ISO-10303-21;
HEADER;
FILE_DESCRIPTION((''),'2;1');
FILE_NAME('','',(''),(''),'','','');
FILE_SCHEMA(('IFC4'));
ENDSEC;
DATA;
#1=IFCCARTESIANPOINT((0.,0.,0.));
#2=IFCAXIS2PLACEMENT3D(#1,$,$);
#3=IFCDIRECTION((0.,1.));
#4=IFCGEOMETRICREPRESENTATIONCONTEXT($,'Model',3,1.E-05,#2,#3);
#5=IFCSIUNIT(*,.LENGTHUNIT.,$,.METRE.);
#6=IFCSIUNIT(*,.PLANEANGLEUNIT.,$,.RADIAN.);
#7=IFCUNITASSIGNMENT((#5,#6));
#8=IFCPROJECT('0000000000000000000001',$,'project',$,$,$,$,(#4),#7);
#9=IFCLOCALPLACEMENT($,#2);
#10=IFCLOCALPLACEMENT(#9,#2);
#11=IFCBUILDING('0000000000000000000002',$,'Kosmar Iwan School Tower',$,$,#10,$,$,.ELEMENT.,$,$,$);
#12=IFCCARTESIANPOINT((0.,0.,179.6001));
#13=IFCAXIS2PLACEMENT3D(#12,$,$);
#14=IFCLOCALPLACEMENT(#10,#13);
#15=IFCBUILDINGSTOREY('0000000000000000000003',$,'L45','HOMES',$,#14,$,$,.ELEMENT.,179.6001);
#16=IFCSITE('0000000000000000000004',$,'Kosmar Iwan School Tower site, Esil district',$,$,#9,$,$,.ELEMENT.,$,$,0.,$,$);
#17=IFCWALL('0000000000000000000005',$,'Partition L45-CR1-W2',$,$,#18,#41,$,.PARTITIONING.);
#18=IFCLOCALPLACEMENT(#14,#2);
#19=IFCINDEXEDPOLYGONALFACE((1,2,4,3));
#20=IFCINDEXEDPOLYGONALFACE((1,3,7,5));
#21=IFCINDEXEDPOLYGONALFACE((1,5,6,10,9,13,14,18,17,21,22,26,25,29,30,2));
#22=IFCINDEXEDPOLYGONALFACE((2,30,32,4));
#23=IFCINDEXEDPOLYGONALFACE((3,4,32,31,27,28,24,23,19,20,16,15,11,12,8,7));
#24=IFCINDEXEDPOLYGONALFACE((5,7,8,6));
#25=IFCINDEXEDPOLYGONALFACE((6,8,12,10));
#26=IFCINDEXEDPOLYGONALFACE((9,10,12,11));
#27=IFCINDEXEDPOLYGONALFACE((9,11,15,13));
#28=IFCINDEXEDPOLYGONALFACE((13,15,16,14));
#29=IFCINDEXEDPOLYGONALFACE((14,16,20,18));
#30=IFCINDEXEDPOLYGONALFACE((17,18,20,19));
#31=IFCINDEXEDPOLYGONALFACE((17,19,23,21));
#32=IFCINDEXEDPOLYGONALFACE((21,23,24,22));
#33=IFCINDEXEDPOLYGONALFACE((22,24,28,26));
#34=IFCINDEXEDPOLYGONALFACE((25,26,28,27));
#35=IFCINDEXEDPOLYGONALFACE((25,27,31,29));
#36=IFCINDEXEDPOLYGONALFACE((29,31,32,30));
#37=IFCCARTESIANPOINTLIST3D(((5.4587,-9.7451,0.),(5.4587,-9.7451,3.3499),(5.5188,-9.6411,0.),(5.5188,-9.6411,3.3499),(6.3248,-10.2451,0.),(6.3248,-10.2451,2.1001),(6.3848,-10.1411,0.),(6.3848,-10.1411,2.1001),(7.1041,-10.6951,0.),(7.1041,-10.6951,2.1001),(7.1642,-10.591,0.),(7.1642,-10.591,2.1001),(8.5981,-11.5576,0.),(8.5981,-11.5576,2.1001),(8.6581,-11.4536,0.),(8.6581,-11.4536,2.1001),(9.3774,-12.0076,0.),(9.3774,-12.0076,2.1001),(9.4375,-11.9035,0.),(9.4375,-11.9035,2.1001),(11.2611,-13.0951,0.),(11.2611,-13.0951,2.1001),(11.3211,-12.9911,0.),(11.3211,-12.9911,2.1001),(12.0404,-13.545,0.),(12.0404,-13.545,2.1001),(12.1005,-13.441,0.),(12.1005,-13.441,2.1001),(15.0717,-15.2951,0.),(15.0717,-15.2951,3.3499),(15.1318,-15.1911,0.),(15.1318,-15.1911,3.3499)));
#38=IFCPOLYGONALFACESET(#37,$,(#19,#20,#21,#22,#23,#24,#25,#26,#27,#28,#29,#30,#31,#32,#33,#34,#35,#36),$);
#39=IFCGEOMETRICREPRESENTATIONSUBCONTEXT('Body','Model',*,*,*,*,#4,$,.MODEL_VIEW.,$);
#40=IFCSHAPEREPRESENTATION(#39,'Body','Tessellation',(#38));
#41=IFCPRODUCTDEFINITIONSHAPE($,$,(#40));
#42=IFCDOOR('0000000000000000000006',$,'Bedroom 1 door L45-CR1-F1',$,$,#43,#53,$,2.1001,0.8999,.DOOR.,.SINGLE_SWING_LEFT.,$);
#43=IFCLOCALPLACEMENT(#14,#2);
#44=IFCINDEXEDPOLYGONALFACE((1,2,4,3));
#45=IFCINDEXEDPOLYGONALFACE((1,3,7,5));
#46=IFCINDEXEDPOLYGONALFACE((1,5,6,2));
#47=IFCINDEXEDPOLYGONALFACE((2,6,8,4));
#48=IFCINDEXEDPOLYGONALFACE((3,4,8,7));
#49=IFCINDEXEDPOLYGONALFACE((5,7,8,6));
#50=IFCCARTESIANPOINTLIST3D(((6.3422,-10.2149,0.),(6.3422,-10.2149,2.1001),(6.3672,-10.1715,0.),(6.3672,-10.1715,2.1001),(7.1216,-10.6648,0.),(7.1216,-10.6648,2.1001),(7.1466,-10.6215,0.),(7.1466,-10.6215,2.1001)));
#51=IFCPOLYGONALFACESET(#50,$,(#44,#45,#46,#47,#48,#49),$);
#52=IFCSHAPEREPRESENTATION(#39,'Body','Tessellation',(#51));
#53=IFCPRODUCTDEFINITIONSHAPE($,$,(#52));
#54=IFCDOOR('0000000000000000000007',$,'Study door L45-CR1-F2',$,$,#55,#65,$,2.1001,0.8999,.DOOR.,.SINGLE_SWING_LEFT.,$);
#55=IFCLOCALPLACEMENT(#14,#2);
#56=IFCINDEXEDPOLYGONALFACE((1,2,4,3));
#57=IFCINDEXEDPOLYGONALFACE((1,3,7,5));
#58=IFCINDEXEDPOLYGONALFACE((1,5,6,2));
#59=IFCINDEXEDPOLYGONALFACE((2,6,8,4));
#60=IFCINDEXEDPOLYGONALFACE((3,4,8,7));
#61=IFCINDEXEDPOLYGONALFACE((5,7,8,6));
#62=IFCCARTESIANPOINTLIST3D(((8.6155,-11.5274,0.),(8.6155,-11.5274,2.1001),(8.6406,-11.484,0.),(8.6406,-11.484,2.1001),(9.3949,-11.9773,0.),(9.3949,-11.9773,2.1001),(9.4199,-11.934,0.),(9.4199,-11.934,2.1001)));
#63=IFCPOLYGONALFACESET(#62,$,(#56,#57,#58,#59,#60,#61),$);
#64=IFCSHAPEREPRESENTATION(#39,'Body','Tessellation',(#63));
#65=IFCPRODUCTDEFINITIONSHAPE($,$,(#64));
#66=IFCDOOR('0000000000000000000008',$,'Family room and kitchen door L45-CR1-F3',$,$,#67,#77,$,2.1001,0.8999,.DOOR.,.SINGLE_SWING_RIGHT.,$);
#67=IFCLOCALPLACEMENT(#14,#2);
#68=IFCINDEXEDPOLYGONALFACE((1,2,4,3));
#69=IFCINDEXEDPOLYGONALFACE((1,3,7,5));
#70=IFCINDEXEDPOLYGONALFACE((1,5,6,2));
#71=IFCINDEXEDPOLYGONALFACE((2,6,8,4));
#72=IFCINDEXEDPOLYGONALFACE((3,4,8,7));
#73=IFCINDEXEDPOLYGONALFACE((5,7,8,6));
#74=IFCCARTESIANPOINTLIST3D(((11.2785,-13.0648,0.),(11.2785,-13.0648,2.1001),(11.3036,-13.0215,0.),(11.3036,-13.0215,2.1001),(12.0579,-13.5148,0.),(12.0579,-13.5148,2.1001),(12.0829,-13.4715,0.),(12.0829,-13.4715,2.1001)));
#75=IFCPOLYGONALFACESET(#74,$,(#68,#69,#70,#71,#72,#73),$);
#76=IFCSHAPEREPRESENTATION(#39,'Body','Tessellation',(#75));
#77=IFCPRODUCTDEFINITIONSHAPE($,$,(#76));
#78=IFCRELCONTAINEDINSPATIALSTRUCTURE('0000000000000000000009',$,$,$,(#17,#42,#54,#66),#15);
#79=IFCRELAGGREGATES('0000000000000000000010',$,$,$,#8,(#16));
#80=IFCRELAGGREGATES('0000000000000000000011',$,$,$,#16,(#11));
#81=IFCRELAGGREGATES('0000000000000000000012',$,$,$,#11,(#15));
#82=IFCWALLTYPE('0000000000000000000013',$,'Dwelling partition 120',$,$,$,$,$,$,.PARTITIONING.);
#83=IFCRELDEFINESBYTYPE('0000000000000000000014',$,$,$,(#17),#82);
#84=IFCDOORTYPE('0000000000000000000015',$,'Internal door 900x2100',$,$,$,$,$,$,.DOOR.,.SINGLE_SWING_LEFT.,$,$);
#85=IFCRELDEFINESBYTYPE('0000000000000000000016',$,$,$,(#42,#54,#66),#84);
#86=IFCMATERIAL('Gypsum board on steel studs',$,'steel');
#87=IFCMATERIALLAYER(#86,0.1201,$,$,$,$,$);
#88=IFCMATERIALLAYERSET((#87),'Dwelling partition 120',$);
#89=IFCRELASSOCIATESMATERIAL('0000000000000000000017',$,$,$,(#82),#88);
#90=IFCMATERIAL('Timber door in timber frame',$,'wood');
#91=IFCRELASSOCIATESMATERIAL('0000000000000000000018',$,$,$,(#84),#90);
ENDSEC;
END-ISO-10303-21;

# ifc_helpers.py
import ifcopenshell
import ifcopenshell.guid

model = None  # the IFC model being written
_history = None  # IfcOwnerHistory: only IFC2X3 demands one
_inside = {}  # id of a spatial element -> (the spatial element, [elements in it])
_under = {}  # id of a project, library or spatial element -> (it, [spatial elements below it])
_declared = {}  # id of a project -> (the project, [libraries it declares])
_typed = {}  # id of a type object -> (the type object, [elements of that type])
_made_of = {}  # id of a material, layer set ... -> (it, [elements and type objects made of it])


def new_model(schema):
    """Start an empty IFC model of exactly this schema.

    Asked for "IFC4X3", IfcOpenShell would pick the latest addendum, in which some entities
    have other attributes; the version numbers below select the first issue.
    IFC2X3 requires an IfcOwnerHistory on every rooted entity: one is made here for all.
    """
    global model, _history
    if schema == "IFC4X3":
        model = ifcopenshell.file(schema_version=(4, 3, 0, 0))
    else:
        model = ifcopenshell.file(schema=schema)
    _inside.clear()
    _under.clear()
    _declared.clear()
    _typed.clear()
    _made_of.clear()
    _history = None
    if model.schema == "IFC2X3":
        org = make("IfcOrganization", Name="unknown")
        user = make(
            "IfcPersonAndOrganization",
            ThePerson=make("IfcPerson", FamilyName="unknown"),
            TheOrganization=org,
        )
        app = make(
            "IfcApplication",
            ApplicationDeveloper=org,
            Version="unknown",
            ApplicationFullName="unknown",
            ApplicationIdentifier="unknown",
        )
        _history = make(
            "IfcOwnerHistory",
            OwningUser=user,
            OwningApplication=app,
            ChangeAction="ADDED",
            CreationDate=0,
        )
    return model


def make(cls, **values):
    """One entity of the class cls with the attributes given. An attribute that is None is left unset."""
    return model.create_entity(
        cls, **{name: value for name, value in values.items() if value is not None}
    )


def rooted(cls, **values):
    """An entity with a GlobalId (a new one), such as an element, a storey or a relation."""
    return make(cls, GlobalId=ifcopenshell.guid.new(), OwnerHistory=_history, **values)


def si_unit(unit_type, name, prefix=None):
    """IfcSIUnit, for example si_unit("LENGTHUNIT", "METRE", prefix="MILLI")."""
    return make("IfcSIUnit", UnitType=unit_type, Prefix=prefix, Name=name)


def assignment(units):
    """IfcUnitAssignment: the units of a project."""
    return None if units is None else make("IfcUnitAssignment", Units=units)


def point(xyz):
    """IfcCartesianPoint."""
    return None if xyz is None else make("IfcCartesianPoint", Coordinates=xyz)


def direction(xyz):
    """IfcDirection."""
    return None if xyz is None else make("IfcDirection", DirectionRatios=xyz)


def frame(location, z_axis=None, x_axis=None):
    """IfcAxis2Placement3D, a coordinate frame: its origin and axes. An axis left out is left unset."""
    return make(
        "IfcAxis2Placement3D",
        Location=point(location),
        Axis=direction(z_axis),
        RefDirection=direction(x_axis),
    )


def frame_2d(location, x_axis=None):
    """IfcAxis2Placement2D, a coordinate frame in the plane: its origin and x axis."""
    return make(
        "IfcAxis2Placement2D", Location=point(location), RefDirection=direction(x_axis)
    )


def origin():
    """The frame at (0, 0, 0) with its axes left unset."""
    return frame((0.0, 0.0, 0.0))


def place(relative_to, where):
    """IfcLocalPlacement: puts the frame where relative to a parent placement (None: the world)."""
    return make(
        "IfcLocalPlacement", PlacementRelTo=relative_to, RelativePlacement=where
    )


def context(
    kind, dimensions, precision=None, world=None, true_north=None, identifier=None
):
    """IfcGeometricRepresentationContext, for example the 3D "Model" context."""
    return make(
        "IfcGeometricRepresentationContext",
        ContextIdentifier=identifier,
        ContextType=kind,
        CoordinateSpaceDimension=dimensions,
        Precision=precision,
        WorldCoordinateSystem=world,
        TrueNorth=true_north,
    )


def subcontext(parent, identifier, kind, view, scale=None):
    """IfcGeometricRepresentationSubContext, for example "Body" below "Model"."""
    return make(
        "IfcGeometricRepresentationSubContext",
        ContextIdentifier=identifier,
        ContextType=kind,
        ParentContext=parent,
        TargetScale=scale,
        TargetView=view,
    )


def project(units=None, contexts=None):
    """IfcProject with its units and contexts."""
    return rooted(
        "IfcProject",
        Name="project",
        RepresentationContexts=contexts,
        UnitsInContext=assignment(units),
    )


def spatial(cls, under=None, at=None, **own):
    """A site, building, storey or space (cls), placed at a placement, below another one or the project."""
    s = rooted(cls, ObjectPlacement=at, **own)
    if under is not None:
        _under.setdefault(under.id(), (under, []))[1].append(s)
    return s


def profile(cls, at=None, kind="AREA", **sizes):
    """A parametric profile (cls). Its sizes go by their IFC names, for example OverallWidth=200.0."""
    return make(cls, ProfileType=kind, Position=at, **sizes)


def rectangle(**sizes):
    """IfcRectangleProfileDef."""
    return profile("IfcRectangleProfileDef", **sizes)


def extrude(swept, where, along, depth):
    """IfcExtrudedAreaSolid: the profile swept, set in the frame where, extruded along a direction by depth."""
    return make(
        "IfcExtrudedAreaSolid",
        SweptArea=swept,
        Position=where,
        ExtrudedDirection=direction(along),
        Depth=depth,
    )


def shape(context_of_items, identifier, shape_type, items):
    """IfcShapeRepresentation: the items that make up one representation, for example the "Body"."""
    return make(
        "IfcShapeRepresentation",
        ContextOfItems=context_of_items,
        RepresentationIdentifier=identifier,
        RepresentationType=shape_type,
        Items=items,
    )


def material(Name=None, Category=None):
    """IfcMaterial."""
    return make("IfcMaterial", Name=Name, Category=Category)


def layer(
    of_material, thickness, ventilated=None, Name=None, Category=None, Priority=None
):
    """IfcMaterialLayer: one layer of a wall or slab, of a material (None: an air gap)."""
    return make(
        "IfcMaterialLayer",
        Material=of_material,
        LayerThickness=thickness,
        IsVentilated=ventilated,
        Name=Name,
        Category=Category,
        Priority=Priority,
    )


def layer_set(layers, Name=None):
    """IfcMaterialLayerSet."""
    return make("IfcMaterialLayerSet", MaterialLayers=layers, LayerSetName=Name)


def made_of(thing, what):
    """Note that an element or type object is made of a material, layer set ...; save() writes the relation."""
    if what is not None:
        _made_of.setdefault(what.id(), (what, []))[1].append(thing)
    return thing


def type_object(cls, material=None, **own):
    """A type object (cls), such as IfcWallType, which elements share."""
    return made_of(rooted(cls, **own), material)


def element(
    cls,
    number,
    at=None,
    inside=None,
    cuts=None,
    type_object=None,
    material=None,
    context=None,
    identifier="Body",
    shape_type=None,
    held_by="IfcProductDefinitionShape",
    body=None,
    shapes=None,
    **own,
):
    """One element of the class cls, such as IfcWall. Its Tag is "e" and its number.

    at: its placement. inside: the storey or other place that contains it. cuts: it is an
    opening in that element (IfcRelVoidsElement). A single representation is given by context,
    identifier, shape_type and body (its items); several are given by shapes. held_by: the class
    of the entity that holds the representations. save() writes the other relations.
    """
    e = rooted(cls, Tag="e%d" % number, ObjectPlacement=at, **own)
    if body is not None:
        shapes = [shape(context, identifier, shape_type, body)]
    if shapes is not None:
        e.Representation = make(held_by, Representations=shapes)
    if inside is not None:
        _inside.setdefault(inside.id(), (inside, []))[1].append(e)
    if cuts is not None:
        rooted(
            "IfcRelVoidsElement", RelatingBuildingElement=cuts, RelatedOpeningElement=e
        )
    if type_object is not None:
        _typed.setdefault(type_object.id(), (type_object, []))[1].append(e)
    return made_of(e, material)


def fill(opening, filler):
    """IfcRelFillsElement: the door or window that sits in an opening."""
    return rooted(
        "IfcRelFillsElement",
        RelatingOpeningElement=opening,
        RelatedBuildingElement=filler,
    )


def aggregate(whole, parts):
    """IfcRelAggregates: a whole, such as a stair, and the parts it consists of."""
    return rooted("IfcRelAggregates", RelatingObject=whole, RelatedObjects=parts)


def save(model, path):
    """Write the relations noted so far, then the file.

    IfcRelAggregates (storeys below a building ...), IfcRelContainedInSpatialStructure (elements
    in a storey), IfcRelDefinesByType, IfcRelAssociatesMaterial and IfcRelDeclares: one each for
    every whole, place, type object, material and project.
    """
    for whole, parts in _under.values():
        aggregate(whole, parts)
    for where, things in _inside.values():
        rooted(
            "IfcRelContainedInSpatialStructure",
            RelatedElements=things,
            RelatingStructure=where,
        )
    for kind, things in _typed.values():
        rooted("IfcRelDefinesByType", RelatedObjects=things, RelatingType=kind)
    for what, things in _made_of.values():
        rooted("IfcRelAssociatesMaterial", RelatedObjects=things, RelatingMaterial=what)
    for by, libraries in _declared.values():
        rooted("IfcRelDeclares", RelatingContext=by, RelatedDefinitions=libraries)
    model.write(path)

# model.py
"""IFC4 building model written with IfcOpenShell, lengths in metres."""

from ifc_helpers import new_model, si_unit, direction, frame, frame_2d, origin, place, context, subcontext, project, spatial, rectangle, extrude, material, layer, layer_set, type_object, element, fill, save


model = new_model("IFC4")

# Units and contexts
model_context = context("Model", 3, precision=1e-05, world=origin(), true_north=direction((0.0, 1.0)))
body_context = subcontext(model_context, "Body", "Model", "MODEL_VIEW")
ifc_project = project(units=[si_unit("LENGTHUNIT", "METRE"), si_unit("PLANEANGLEUNIT", "RADIAN")], contexts=[model_context])

# Site, building, storey
site_placement = place(None, origin())
site = spatial("IfcSite", under=ifc_project, at=site_placement, Name="Kosmar Iwan School Tower site, Esil district", CompositionType="ELEMENT", RefElevation=0.0)
building_placement = place(site_placement, origin())
building = spatial("IfcBuilding", under=site, at=building_placement, Name="Kosmar Iwan School Tower", CompositionType="ELEMENT")
storey_placement = place(building_placement, frame((0.0, 0.0, 179.6001)))
storey = spatial("IfcBuildingStorey", under=building, at=storey_placement, Name="L45", Description="HOMES", CompositionType="ELEMENT", Elevation=179.6001)

# Wall, openings, doors
ifc_material_1 = material(Name="Gypsum board on steel studs", Category="steel")
ifc_layer_1 = layer(ifc_material_1, 0.1201)
ifc_layer_set_1 = layer_set([ifc_layer_1], Name="Dwelling partition 120")
wall_type_1 = type_object("IfcWallType", Name="Dwelling partition 120", PredefinedType="PARTITIONING", material=ifc_layer_set_1)
wall_1_placement = place(storey_placement, frame((5.4888, -9.6931, 0.0), z_axis=(0.0, 0.0, 1.0), x_axis=(0.866027, -0.499997, 0.0)))
wall_1 = element("IfcWall", 1, at=wall_1_placement, inside=storey, type_object=wall_type_1, Name="Partition L45-CR1-W2", PredefinedType="PARTITIONING", context=body_context, shape_type="SweptSolid", body=[
    extrude(rectangle(XDim=11.1001, YDim=0.1201, at=frame_2d((5.55, 0.0))), origin(), (0.0, 0.0, 1.0), 3.3499),
])
opening_1_placement = place(wall_1_placement, frame((1.0, 0.0, 0.0)))
opening_1 = element("IfcOpeningElement", 2, at=opening_1_placement, cuts=wall_1, PredefinedType="OPENING", context=body_context, shape_type="SweptSolid", body=[
    extrude(rectangle(XDim=0.8999, YDim=2.1001, at=frame_2d((0.45, 1.05))), frame((0.0, 0.072, 0.0), z_axis=(0.0, -1.0, 0.0), x_axis=(1.0, 0.0, 0.0)), (0.0, 0.0, 1.0), 0.144),
])
opening_2_placement = place(wall_1_placement, frame((3.625, 0.0, 0.0)))
opening_2 = element("IfcOpeningElement", 3, at=opening_2_placement, cuts=wall_1, PredefinedType="OPENING", context=body_context, shape_type="SweptSolid", body=[
    extrude(rectangle(XDim=0.8999, YDim=2.1001, at=frame_2d((0.45, 1.05))), frame((0.0, 0.072, 0.0), z_axis=(0.0, -1.0, 0.0), x_axis=(1.0, 0.0, 0.0)), (0.0, 0.0, 1.0), 0.144),
])
opening_3_placement = place(wall_1_placement, frame((6.7, 0.0, 0.0)))
opening_3 = element("IfcOpeningElement", 4, at=opening_3_placement, cuts=wall_1, PredefinedType="OPENING", context=body_context, shape_type="SweptSolid", body=[
    extrude(rectangle(XDim=0.8999, YDim=2.1001, at=frame_2d((0.45, 1.05))), frame((0.0, 0.072, 0.0), z_axis=(0.0, -1.0, 0.0), x_axis=(1.0, 0.0, 0.0)), (0.0, 0.0, 1.0), 0.144),
])
ifc_material_2 = material(Name="Timber door in timber frame", Category="wood")
door_type = type_object("IfcDoorType", Name="Internal door 900x2100", OperationType="SINGLE_SWING_LEFT", PredefinedType="DOOR", material=ifc_material_2)
door_1_placement = place(opening_1_placement, origin())
door_1 = element("IfcDoor", 5, at=door_1_placement, inside=storey, type_object=door_type, Name="Bedroom 1 door L45-CR1-F1", OperationType="SINGLE_SWING_LEFT", OverallHeight=2.1001, OverallWidth=0.8999, PredefinedType="DOOR", context=body_context, shape_type="SweptSolid", body=[
    extrude(rectangle(XDim=0.8999, YDim=2.1001, at=frame_2d((0.45, 1.05))), frame((0.0, 0.0249, 0.0), z_axis=(0.0, -1.0, 0.0), x_axis=(1.0, 0.0, 0.0)), (0.0, 0.0, 1.0), 0.05),
])
fill(opening_1, door_1)
door_2_placement = place(opening_2_placement, origin())
door_2 = element("IfcDoor", 6, at=door_2_placement, inside=storey, type_object=door_type, Name="Study door L45-CR1-F2", OperationType="SINGLE_SWING_LEFT", OverallHeight=2.1001, OverallWidth=0.8999, PredefinedType="DOOR", context=body_context, shape_type="SweptSolid", body=[
    extrude(rectangle(XDim=0.8999, YDim=2.1001, at=frame_2d((0.45, 1.05))), frame((0.0, 0.0249, 0.0), z_axis=(0.0, -1.0, 0.0), x_axis=(1.0, 0.0, 0.0)), (0.0, 0.0, 1.0), 0.05),
])
fill(opening_2, door_2)
door_3_placement = place(opening_3_placement, origin())
door_3 = element("IfcDoor", 7, at=door_3_placement, inside=storey, type_object=door_type, Name="Family room and kitchen door L45-CR1-F3", OperationType="SINGLE_SWING_RIGHT", OverallHeight=2.1001, OverallWidth=0.8999, PredefinedType="DOOR", context=body_context, shape_type="SweptSolid", body=[
    extrude(rectangle(XDim=0.8999, YDim=2.1001, at=frame_2d((0.45, 1.05))), frame((0.0, 0.0249, 0.0), z_axis=(0.0, -1.0, 0.0), x_axis=(1.0, 0.0, 0.0)), (0.0, 0.0, 1.0), 0.05),
])
fill(opening_3, door_3)

save(model, "model.ifc")
